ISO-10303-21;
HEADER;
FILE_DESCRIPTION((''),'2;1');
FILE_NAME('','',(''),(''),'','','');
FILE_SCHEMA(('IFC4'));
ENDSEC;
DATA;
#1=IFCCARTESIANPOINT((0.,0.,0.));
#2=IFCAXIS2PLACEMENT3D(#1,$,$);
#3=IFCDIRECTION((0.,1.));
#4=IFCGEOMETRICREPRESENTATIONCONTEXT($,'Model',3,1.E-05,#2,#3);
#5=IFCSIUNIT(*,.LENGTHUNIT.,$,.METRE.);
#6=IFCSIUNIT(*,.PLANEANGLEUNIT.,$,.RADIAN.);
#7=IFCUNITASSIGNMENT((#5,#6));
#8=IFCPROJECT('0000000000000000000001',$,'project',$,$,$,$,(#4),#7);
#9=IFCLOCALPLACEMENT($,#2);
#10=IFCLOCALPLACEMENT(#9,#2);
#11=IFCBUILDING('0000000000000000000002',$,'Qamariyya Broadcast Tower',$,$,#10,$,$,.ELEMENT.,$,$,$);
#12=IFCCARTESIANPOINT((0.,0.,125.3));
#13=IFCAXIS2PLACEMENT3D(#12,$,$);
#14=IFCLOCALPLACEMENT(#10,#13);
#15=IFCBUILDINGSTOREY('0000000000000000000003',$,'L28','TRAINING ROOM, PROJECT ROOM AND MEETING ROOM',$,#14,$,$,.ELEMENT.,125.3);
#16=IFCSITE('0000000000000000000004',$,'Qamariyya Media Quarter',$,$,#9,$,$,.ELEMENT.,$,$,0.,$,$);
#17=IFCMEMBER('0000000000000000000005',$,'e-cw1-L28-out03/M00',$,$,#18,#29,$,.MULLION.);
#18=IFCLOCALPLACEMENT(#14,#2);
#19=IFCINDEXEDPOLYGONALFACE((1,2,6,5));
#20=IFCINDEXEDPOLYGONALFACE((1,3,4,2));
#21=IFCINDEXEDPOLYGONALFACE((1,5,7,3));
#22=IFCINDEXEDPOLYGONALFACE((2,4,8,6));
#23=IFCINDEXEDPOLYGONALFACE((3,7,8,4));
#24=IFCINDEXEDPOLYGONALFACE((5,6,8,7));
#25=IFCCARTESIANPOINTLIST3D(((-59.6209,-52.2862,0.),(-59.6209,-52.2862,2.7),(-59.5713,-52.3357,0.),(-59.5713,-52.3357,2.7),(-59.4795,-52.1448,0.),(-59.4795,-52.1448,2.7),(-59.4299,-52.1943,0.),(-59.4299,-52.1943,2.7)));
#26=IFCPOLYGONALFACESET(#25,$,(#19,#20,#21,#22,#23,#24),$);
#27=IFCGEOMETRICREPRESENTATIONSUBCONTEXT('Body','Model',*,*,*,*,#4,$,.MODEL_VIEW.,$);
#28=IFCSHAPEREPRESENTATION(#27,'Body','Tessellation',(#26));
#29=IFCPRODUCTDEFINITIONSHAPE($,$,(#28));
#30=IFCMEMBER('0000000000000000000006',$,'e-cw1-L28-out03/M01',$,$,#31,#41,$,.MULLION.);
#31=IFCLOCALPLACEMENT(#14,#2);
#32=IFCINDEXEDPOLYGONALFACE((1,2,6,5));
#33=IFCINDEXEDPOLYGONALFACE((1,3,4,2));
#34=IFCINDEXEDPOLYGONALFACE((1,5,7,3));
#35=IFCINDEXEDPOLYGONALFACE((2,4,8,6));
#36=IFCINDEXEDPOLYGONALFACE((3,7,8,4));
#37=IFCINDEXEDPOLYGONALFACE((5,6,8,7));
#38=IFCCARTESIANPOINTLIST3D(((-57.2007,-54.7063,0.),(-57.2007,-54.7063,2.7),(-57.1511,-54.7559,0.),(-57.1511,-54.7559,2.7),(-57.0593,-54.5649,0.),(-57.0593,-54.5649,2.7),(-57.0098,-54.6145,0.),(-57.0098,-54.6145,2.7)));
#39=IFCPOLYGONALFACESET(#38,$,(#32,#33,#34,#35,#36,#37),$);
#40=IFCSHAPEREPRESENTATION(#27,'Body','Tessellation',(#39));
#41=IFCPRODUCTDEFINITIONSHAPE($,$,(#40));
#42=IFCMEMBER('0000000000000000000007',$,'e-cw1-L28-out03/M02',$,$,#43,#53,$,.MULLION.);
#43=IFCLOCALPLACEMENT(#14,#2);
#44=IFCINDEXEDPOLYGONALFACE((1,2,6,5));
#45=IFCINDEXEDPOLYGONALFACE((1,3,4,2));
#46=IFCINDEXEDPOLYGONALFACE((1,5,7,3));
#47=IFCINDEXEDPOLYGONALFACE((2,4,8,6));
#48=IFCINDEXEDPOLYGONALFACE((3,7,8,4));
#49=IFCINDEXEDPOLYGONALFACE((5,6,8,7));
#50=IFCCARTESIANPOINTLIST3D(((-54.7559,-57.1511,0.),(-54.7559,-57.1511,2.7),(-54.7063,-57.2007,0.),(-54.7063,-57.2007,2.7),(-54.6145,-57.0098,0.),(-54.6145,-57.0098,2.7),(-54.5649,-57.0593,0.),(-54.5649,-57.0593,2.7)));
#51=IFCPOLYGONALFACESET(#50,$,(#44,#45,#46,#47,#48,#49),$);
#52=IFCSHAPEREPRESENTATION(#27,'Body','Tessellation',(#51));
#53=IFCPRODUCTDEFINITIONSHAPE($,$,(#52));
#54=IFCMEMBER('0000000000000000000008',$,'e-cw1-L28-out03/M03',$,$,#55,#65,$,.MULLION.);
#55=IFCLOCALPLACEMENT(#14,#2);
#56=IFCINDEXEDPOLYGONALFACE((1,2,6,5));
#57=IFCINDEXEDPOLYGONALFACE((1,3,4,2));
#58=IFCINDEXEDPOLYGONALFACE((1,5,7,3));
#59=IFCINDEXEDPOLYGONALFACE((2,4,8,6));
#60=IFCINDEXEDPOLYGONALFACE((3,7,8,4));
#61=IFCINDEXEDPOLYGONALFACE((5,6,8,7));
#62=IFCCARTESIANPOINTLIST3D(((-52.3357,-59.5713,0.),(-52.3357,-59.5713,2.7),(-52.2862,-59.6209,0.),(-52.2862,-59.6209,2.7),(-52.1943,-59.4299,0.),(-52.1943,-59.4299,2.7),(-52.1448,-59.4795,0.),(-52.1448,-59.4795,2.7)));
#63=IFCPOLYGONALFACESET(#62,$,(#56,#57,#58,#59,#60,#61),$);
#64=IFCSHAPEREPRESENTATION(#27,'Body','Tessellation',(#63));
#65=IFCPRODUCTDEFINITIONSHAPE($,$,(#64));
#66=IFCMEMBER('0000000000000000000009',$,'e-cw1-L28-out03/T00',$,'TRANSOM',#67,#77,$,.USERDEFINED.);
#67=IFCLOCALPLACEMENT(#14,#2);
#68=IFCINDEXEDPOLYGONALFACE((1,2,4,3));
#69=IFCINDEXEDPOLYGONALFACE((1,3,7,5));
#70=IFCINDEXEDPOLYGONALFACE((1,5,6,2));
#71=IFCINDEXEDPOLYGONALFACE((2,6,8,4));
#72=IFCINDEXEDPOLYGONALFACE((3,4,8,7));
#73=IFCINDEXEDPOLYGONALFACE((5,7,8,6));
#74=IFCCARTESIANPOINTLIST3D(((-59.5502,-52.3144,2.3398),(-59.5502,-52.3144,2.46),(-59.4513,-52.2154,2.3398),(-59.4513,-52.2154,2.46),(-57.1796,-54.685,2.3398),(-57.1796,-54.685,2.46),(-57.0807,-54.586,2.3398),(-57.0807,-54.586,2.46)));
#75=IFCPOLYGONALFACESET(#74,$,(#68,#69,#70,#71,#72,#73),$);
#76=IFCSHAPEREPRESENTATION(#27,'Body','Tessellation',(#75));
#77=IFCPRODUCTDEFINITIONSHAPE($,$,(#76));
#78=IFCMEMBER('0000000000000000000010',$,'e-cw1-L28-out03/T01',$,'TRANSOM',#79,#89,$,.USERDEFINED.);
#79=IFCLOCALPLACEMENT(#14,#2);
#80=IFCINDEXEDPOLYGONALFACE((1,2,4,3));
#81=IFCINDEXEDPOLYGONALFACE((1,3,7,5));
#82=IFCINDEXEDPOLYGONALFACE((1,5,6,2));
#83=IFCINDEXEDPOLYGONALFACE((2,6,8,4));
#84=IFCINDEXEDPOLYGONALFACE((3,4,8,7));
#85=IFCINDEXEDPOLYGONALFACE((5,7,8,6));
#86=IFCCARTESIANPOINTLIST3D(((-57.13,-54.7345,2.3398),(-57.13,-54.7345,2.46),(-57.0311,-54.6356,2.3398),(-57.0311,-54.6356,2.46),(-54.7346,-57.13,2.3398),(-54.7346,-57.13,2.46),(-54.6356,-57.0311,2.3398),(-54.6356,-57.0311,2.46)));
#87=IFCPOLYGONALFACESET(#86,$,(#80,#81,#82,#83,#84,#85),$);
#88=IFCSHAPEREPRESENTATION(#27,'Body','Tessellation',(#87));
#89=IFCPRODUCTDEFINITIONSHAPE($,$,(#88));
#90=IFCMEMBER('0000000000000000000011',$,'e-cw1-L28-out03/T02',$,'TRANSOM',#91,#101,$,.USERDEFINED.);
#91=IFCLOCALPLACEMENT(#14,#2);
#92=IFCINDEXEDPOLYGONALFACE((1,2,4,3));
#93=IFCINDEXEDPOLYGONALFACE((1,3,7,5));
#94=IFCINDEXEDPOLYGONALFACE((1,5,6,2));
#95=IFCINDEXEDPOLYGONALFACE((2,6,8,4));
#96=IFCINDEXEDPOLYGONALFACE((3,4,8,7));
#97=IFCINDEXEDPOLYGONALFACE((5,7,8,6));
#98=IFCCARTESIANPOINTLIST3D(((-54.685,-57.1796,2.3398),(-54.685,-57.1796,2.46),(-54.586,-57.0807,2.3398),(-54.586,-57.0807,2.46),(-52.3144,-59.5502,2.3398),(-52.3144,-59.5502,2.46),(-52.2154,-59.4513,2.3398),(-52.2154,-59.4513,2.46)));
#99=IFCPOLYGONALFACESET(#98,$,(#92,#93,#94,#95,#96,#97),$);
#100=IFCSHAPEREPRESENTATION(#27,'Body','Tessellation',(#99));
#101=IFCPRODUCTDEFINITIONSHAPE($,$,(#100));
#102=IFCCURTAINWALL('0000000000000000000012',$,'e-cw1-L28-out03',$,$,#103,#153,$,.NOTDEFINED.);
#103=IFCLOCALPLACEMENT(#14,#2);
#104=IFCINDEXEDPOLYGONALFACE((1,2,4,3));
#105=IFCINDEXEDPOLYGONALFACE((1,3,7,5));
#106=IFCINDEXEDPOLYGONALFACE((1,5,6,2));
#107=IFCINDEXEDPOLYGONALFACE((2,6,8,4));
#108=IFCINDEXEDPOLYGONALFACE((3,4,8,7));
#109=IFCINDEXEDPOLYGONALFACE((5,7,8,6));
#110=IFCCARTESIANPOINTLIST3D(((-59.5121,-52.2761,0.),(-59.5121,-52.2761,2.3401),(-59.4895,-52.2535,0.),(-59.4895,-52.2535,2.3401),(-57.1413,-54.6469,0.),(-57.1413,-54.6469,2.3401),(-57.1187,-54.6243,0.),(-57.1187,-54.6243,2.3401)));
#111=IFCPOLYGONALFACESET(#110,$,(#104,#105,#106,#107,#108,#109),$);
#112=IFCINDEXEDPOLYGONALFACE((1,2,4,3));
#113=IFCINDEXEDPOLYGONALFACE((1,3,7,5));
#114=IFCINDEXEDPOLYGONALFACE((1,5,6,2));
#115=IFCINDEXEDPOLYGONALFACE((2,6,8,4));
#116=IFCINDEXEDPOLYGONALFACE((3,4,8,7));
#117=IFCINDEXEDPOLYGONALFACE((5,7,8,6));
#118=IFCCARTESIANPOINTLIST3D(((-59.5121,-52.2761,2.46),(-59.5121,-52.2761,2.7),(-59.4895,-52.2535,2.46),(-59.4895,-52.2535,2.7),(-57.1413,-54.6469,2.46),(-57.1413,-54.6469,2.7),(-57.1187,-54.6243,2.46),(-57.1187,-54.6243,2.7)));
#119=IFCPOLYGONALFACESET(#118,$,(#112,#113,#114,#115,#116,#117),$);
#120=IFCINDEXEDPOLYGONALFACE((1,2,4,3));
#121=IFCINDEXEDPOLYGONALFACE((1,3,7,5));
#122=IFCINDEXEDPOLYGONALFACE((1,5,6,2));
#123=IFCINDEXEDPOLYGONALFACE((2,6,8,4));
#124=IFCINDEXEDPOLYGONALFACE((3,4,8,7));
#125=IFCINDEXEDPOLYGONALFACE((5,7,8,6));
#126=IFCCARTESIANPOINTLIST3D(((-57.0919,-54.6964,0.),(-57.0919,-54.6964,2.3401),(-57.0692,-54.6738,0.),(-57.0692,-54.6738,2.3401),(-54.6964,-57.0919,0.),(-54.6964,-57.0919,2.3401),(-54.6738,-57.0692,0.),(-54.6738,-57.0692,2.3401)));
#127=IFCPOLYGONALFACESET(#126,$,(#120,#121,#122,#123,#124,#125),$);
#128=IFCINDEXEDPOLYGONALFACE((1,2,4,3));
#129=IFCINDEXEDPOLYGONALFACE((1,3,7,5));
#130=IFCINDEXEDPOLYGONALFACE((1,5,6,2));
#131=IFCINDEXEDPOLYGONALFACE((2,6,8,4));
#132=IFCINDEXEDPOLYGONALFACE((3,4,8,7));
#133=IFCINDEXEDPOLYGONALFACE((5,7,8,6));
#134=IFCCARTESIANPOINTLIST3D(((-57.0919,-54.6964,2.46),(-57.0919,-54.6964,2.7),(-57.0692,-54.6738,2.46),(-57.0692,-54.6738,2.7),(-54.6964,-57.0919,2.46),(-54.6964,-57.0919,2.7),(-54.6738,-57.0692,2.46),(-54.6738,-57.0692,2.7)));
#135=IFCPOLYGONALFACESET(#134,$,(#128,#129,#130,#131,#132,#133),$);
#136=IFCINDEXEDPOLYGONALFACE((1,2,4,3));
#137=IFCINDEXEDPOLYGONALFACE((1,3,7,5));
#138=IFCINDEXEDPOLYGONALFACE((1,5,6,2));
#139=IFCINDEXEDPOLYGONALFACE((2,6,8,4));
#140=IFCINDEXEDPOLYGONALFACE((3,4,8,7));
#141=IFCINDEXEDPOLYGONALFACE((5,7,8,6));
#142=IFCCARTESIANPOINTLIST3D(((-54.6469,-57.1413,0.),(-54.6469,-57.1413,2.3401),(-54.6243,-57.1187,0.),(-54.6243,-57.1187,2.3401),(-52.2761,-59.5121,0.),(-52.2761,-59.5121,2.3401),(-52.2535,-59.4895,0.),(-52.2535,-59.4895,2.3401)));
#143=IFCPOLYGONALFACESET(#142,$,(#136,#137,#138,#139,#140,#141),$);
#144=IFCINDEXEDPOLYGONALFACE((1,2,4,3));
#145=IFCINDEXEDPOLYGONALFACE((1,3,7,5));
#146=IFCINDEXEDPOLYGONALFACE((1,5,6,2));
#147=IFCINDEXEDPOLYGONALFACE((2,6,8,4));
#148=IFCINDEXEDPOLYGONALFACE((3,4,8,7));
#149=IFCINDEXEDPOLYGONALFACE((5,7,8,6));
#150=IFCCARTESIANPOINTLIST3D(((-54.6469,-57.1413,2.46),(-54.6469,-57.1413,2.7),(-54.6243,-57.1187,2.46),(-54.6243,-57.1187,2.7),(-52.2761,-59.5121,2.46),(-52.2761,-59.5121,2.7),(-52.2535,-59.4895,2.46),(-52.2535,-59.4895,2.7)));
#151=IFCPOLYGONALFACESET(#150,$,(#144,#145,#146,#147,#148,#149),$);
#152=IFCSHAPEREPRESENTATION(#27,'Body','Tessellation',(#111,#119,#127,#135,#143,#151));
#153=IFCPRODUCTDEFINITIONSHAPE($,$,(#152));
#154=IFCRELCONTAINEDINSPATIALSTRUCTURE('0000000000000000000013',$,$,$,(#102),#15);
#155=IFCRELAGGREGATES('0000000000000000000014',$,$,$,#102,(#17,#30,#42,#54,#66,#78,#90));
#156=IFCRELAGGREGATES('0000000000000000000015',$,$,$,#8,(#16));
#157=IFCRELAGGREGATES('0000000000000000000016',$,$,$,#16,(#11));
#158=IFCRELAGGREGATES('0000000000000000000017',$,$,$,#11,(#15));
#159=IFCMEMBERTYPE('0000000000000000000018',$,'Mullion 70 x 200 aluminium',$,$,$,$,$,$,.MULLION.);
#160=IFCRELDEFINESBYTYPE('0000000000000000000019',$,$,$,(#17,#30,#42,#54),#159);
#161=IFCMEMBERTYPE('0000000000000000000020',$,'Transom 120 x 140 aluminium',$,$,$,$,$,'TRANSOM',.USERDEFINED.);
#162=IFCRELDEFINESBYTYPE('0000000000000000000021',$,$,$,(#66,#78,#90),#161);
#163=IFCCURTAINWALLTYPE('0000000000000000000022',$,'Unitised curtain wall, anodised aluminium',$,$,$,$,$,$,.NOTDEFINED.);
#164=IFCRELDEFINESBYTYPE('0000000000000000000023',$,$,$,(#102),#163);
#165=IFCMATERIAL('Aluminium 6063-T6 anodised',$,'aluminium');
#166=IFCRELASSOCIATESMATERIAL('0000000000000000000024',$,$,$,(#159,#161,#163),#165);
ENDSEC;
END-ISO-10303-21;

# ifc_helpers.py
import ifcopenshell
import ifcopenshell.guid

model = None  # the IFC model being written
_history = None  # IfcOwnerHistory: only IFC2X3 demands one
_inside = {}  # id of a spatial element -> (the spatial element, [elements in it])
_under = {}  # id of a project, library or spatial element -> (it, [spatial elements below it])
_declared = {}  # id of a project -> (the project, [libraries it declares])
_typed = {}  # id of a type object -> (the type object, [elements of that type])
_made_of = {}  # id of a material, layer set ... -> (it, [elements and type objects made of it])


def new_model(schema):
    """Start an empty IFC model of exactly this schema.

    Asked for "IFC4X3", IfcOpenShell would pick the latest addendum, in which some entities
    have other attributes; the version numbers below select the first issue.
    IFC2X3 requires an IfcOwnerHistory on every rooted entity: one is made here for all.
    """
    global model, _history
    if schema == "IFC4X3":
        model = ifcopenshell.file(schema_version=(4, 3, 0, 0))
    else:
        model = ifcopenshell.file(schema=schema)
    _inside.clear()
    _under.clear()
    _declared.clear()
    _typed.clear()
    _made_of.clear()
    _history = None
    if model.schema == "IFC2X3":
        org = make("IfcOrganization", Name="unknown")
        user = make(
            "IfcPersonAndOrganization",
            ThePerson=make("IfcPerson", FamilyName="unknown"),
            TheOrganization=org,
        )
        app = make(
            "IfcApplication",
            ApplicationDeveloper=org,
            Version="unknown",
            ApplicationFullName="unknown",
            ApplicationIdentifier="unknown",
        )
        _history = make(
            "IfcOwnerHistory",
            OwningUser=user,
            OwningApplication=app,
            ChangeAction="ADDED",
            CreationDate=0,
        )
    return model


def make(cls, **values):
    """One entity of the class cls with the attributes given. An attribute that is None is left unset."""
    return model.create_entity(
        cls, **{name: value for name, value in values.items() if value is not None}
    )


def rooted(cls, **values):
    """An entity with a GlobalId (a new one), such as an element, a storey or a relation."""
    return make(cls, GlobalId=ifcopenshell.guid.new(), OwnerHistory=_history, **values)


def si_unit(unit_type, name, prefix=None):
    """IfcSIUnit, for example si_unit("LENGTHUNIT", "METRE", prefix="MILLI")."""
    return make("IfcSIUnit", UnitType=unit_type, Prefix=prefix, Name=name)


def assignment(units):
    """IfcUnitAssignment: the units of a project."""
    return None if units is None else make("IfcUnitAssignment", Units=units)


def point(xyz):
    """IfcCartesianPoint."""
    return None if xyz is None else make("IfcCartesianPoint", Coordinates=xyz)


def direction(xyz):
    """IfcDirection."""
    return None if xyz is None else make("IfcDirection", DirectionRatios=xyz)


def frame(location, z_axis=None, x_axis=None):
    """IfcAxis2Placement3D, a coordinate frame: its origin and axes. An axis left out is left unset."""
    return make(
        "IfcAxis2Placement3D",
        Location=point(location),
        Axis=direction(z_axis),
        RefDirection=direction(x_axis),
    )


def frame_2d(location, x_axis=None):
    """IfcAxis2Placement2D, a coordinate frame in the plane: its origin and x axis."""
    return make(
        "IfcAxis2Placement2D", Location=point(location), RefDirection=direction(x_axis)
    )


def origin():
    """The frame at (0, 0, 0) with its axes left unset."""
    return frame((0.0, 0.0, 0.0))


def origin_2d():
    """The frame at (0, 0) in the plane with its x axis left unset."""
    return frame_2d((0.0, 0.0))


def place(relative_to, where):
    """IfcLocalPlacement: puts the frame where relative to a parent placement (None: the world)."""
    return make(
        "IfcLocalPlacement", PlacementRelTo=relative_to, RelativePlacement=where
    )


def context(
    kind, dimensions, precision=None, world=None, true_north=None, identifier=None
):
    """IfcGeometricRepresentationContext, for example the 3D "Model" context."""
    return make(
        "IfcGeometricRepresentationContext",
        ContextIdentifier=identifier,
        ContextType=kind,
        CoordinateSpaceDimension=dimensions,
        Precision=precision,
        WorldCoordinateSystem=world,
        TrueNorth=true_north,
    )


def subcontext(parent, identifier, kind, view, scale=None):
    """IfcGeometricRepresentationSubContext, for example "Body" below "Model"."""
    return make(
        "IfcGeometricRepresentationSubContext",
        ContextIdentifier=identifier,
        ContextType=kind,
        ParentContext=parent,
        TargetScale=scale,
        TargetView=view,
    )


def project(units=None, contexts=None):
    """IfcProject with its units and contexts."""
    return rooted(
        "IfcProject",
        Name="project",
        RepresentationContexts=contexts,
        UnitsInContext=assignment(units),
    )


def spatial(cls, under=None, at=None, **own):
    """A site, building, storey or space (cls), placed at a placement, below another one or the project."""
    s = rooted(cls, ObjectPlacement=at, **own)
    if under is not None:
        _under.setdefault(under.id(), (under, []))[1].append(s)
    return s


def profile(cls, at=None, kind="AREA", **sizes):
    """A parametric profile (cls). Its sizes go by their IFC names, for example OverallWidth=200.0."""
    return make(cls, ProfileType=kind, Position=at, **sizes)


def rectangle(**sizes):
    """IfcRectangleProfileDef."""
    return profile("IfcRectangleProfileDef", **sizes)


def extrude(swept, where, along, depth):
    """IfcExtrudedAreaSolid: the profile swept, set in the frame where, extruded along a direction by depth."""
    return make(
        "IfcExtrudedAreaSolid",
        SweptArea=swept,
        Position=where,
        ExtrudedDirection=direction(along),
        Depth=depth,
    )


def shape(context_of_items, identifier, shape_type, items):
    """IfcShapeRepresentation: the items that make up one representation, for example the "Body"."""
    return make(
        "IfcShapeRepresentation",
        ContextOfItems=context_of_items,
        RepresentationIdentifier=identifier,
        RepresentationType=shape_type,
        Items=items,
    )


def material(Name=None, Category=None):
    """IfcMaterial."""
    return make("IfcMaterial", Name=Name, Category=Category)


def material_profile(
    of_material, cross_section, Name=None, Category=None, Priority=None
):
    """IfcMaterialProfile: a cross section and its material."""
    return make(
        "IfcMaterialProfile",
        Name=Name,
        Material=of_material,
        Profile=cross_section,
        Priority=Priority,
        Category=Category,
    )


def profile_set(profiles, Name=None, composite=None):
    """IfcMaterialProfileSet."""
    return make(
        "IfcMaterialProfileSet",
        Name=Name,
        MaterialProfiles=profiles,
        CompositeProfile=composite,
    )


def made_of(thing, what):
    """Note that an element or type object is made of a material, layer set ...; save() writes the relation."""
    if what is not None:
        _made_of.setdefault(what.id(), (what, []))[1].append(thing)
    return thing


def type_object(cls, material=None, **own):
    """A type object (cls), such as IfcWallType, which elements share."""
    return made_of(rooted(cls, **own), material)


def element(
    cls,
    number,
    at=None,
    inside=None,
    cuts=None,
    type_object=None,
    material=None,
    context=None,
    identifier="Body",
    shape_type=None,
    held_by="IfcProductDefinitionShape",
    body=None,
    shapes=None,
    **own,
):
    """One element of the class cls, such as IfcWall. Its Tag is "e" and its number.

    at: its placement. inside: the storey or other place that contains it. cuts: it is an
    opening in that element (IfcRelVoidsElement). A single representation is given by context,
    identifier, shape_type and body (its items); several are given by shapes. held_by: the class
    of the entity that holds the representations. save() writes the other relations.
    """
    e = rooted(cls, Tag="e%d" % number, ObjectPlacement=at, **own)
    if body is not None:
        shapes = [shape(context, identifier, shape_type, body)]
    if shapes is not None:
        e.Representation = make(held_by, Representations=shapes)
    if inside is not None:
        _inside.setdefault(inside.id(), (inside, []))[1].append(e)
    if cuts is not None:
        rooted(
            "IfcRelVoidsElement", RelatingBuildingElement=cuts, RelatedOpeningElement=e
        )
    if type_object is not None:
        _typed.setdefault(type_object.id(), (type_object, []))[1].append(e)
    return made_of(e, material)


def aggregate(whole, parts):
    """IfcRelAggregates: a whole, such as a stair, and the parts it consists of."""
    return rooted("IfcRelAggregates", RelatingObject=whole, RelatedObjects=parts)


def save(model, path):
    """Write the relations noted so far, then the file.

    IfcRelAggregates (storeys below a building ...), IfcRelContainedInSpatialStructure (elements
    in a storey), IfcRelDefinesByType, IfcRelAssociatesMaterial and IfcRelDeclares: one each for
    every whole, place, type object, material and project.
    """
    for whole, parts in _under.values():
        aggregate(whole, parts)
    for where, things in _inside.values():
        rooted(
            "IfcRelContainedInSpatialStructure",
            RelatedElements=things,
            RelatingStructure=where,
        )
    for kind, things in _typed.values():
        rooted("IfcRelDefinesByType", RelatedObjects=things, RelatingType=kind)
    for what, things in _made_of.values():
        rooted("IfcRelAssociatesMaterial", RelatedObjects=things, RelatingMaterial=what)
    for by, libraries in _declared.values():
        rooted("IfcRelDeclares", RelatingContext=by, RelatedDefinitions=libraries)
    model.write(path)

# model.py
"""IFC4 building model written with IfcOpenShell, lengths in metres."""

from ifc_helpers import new_model, si_unit, direction, frame, origin, origin_2d, place, context, subcontext, project, spatial, rectangle, extrude, material, material_profile, profile_set, type_object, element, aggregate, save


model = new_model("IFC4")

# Units and contexts
model_context = context("Model", 3, precision=1e-05, world=origin(), true_north=direction((0.0, 1.0)))
body_context = subcontext(model_context, "Body", "Model", "MODEL_VIEW")
ifc_project = project(units=[si_unit("LENGTHUNIT", "METRE"), si_unit("PLANEANGLEUNIT", "RADIAN")], contexts=[model_context])

# Members
ifc_material = material(Name="Aluminium 6063-T6 anodised", Category="aluminium")
ifc_material_profile_1 = material_profile(ifc_material, rectangle(XDim=0.2, YDim=0.0701, at=origin_2d()))
ifc_profile_set_1 = profile_set([ifc_material_profile_1], Name="Aluminium 6063-T6 anodised")
member_type_1 = type_object("IfcMemberType", Name="Mullion 70 x 200 aluminium", PredefinedType="MULLION", material=ifc_profile_set_1)
site_placement = place(None, origin())
building_placement = place(site_placement, origin())
storey_placement = place(building_placement, frame((0.0, 0.0, 125.3)))
member_1_placement = place(storey_placement, frame((-59.5254, -52.2402, 0.0), z_axis=(0.0, 0.0, 1.0), x_axis=(0.707107, 0.707107, 0.0)))
member_1 = element("IfcMember", 1, at=member_1_placement, type_object=member_type_1, Name="e-cw1-L28-out03/M00", PredefinedType="MULLION", context=body_context, shape_type="SweptSolid", body=[
    extrude(rectangle(XDim=0.2, YDim=0.0701, at=origin_2d()), origin(), (0.0, 0.0, 1.0), 2.7),
])
member_2_placement = place(storey_placement, frame((-57.1052, -54.6604, 0.0), z_axis=(0.0, 0.0, 1.0), x_axis=(0.707107, 0.707107, 0.0)))
member_2 = element("IfcMember", 2, at=member_2_placement, type_object=member_type_1, Name="e-cw1-L28-out03/M01", PredefinedType="MULLION", context=body_context, shape_type="SweptSolid", body=[
    extrude(rectangle(XDim=0.2, YDim=0.0701, at=origin_2d()), origin(), (0.0, 0.0, 1.0), 2.7),
])
member_3_placement = place(storey_placement, frame((-54.6604, -57.1052, 0.0), z_axis=(0.0, 0.0, 1.0), x_axis=(0.707107, 0.707107, 0.0)))
member_3 = element("IfcMember", 3, at=member_3_placement, type_object=member_type_1, Name="e-cw1-L28-out03/M02", PredefinedType="MULLION", context=body_context, shape_type="SweptSolid", body=[
    extrude(rectangle(XDim=0.2, YDim=0.0701, at=origin_2d()), origin(), (0.0, 0.0, 1.0), 2.7),
])
member_4_placement = place(storey_placement, frame((-52.2402, -59.5254, 0.0), z_axis=(0.0, 0.0, 1.0), x_axis=(0.707107, 0.707107, 0.0)))
member_4 = element("IfcMember", 4, at=member_4_placement, type_object=member_type_1, Name="e-cw1-L28-out03/M03", PredefinedType="MULLION", context=body_context, shape_type="SweptSolid", body=[
    extrude(rectangle(XDim=0.2, YDim=0.0701, at=origin_2d()), origin(), (0.0, 0.0, 1.0), 2.7),
])
ifc_material_profile_2 = material_profile(ifc_material, rectangle(XDim=0.1399, YDim=0.1201, at=origin_2d()))
ifc_profile_set_2 = profile_set([ifc_material_profile_2], Name="Aluminium 6063-T6 anodised")
member_type_2 = type_object("IfcMemberType", Name="Transom 120 x 140 aluminium", ElementType="TRANSOM", PredefinedType="USERDEFINED", material=ifc_profile_set_2)
member_5_placement = place(storey_placement, frame((-59.5007, -52.2649, 2.3999), z_axis=(0.707107, -0.707107, 0.0), x_axis=(0.707107, 0.707107, 0.0)))
member_5 = element("IfcMember", 5, at=member_5_placement, type_object=member_type_2, Name="e-cw1-L28-out03/T00", ObjectType="TRANSOM", PredefinedType="USERDEFINED", context=body_context, shape_type="SweptSolid", body=[
    extrude(rectangle(XDim=0.1399, YDim=0.1201, at=origin_2d()), origin(), (0.0, 0.0, 1.0), 3.3525),
])
member_6_placement = place(storey_placement, frame((-57.0806, -54.6851, 2.3999), z_axis=(0.707107, -0.707107, 0.0), x_axis=(0.707107, 0.707107, 0.0)))
member_6 = element("IfcMember", 6, at=member_6_placement, type_object=member_type_2, Name="e-cw1-L28-out03/T01", ObjectType="TRANSOM", PredefinedType="USERDEFINED", context=body_context, shape_type="SweptSolid", body=[
    extrude(rectangle(XDim=0.1399, YDim=0.1201, at=origin_2d()), origin(), (0.0, 0.0, 1.0), 3.3877),
])
member_7_placement = place(storey_placement, frame((-54.6355, -57.1301, 2.3999), z_axis=(0.707107, -0.707107, 0.0), x_axis=(0.707107, 0.707107, 0.0)))
member_7 = element("IfcMember", 7, at=member_7_placement, type_object=member_type_2, Name="e-cw1-L28-out03/T02", ObjectType="TRANSOM", PredefinedType="USERDEFINED", context=body_context, shape_type="SweptSolid", body=[
    extrude(rectangle(XDim=0.1399, YDim=0.1201, at=origin_2d()), origin(), (0.0, 0.0, 1.0), 3.3525),
])

# Site, building, storey
site = spatial("IfcSite", under=ifc_project, at=site_placement, Name="Qamariyya Media Quarter", CompositionType="ELEMENT", RefElevation=0.0)
building = spatial("IfcBuilding", under=site, at=building_placement, Name="Qamariyya Broadcast Tower", CompositionType="ELEMENT")
storey = spatial("IfcBuildingStorey", under=building, at=storey_placement, Name="L28", Description="TRAINING ROOM, PROJECT ROOM AND MEETING ROOM", CompositionType="ELEMENT", Elevation=125.3)

# Curtain wall
curtain_wall_type = type_object("IfcCurtainWallType", Name="Unitised curtain wall, anodised aluminium", PredefinedType="NOTDEFINED", material=ifc_material)
curtain_wall_1_placement = place(storey_placement, origin())
curtain_wall_1 = element("IfcCurtainWall", 8, at=curtain_wall_1_placement, inside=storey, type_object=curtain_wall_type, Name="e-cw1-L28-out03", PredefinedType="NOTDEFINED", context=body_context, shape_type="SweptSolid", body=[
    extrude(rectangle(XDim=3.3528, YDim=0.032, at=origin_2d()), frame((-58.3154, -53.4502, 0.0), x_axis=(0.707107, -0.707107, 0.0)), (0.0, 0.0, 1.0), 2.3401),
    extrude(rectangle(XDim=3.3528, YDim=0.032, at=origin_2d()), frame((-58.3154, -53.4502, 2.46), x_axis=(0.707107, -0.707107, 0.0)), (0.0, 0.0, 1.0), 0.24),
    extrude(rectangle(XDim=3.3877, YDim=0.032, at=origin_2d()), frame((-55.8828, -55.8828, 0.0), x_axis=(0.707107, -0.707107, 0.0)), (0.0, 0.0, 1.0), 2.3401),
    extrude(rectangle(XDim=3.3877, YDim=0.032, at=origin_2d()), frame((-55.8828, -55.8828, 2.46), x_axis=(0.707107, -0.707107, 0.0)), (0.0, 0.0, 1.0), 0.24),
    extrude(rectangle(XDim=3.3528, YDim=0.032, at=origin_2d()), frame((-53.4502, -58.3154, 0.0), x_axis=(0.707107, -0.707107, 0.0)), (0.0, 0.0, 1.0), 2.3401),
    extrude(rectangle(XDim=3.3528, YDim=0.032, at=origin_2d()), frame((-53.4502, -58.3154, 2.46), x_axis=(0.707107, -0.707107, 0.0)), (0.0, 0.0, 1.0), 0.24),
])
aggregate(curtain_wall_1, [member_1, member_2, member_3, member_4, member_5, member_6, member_7])

save(model, "model.ifc")
